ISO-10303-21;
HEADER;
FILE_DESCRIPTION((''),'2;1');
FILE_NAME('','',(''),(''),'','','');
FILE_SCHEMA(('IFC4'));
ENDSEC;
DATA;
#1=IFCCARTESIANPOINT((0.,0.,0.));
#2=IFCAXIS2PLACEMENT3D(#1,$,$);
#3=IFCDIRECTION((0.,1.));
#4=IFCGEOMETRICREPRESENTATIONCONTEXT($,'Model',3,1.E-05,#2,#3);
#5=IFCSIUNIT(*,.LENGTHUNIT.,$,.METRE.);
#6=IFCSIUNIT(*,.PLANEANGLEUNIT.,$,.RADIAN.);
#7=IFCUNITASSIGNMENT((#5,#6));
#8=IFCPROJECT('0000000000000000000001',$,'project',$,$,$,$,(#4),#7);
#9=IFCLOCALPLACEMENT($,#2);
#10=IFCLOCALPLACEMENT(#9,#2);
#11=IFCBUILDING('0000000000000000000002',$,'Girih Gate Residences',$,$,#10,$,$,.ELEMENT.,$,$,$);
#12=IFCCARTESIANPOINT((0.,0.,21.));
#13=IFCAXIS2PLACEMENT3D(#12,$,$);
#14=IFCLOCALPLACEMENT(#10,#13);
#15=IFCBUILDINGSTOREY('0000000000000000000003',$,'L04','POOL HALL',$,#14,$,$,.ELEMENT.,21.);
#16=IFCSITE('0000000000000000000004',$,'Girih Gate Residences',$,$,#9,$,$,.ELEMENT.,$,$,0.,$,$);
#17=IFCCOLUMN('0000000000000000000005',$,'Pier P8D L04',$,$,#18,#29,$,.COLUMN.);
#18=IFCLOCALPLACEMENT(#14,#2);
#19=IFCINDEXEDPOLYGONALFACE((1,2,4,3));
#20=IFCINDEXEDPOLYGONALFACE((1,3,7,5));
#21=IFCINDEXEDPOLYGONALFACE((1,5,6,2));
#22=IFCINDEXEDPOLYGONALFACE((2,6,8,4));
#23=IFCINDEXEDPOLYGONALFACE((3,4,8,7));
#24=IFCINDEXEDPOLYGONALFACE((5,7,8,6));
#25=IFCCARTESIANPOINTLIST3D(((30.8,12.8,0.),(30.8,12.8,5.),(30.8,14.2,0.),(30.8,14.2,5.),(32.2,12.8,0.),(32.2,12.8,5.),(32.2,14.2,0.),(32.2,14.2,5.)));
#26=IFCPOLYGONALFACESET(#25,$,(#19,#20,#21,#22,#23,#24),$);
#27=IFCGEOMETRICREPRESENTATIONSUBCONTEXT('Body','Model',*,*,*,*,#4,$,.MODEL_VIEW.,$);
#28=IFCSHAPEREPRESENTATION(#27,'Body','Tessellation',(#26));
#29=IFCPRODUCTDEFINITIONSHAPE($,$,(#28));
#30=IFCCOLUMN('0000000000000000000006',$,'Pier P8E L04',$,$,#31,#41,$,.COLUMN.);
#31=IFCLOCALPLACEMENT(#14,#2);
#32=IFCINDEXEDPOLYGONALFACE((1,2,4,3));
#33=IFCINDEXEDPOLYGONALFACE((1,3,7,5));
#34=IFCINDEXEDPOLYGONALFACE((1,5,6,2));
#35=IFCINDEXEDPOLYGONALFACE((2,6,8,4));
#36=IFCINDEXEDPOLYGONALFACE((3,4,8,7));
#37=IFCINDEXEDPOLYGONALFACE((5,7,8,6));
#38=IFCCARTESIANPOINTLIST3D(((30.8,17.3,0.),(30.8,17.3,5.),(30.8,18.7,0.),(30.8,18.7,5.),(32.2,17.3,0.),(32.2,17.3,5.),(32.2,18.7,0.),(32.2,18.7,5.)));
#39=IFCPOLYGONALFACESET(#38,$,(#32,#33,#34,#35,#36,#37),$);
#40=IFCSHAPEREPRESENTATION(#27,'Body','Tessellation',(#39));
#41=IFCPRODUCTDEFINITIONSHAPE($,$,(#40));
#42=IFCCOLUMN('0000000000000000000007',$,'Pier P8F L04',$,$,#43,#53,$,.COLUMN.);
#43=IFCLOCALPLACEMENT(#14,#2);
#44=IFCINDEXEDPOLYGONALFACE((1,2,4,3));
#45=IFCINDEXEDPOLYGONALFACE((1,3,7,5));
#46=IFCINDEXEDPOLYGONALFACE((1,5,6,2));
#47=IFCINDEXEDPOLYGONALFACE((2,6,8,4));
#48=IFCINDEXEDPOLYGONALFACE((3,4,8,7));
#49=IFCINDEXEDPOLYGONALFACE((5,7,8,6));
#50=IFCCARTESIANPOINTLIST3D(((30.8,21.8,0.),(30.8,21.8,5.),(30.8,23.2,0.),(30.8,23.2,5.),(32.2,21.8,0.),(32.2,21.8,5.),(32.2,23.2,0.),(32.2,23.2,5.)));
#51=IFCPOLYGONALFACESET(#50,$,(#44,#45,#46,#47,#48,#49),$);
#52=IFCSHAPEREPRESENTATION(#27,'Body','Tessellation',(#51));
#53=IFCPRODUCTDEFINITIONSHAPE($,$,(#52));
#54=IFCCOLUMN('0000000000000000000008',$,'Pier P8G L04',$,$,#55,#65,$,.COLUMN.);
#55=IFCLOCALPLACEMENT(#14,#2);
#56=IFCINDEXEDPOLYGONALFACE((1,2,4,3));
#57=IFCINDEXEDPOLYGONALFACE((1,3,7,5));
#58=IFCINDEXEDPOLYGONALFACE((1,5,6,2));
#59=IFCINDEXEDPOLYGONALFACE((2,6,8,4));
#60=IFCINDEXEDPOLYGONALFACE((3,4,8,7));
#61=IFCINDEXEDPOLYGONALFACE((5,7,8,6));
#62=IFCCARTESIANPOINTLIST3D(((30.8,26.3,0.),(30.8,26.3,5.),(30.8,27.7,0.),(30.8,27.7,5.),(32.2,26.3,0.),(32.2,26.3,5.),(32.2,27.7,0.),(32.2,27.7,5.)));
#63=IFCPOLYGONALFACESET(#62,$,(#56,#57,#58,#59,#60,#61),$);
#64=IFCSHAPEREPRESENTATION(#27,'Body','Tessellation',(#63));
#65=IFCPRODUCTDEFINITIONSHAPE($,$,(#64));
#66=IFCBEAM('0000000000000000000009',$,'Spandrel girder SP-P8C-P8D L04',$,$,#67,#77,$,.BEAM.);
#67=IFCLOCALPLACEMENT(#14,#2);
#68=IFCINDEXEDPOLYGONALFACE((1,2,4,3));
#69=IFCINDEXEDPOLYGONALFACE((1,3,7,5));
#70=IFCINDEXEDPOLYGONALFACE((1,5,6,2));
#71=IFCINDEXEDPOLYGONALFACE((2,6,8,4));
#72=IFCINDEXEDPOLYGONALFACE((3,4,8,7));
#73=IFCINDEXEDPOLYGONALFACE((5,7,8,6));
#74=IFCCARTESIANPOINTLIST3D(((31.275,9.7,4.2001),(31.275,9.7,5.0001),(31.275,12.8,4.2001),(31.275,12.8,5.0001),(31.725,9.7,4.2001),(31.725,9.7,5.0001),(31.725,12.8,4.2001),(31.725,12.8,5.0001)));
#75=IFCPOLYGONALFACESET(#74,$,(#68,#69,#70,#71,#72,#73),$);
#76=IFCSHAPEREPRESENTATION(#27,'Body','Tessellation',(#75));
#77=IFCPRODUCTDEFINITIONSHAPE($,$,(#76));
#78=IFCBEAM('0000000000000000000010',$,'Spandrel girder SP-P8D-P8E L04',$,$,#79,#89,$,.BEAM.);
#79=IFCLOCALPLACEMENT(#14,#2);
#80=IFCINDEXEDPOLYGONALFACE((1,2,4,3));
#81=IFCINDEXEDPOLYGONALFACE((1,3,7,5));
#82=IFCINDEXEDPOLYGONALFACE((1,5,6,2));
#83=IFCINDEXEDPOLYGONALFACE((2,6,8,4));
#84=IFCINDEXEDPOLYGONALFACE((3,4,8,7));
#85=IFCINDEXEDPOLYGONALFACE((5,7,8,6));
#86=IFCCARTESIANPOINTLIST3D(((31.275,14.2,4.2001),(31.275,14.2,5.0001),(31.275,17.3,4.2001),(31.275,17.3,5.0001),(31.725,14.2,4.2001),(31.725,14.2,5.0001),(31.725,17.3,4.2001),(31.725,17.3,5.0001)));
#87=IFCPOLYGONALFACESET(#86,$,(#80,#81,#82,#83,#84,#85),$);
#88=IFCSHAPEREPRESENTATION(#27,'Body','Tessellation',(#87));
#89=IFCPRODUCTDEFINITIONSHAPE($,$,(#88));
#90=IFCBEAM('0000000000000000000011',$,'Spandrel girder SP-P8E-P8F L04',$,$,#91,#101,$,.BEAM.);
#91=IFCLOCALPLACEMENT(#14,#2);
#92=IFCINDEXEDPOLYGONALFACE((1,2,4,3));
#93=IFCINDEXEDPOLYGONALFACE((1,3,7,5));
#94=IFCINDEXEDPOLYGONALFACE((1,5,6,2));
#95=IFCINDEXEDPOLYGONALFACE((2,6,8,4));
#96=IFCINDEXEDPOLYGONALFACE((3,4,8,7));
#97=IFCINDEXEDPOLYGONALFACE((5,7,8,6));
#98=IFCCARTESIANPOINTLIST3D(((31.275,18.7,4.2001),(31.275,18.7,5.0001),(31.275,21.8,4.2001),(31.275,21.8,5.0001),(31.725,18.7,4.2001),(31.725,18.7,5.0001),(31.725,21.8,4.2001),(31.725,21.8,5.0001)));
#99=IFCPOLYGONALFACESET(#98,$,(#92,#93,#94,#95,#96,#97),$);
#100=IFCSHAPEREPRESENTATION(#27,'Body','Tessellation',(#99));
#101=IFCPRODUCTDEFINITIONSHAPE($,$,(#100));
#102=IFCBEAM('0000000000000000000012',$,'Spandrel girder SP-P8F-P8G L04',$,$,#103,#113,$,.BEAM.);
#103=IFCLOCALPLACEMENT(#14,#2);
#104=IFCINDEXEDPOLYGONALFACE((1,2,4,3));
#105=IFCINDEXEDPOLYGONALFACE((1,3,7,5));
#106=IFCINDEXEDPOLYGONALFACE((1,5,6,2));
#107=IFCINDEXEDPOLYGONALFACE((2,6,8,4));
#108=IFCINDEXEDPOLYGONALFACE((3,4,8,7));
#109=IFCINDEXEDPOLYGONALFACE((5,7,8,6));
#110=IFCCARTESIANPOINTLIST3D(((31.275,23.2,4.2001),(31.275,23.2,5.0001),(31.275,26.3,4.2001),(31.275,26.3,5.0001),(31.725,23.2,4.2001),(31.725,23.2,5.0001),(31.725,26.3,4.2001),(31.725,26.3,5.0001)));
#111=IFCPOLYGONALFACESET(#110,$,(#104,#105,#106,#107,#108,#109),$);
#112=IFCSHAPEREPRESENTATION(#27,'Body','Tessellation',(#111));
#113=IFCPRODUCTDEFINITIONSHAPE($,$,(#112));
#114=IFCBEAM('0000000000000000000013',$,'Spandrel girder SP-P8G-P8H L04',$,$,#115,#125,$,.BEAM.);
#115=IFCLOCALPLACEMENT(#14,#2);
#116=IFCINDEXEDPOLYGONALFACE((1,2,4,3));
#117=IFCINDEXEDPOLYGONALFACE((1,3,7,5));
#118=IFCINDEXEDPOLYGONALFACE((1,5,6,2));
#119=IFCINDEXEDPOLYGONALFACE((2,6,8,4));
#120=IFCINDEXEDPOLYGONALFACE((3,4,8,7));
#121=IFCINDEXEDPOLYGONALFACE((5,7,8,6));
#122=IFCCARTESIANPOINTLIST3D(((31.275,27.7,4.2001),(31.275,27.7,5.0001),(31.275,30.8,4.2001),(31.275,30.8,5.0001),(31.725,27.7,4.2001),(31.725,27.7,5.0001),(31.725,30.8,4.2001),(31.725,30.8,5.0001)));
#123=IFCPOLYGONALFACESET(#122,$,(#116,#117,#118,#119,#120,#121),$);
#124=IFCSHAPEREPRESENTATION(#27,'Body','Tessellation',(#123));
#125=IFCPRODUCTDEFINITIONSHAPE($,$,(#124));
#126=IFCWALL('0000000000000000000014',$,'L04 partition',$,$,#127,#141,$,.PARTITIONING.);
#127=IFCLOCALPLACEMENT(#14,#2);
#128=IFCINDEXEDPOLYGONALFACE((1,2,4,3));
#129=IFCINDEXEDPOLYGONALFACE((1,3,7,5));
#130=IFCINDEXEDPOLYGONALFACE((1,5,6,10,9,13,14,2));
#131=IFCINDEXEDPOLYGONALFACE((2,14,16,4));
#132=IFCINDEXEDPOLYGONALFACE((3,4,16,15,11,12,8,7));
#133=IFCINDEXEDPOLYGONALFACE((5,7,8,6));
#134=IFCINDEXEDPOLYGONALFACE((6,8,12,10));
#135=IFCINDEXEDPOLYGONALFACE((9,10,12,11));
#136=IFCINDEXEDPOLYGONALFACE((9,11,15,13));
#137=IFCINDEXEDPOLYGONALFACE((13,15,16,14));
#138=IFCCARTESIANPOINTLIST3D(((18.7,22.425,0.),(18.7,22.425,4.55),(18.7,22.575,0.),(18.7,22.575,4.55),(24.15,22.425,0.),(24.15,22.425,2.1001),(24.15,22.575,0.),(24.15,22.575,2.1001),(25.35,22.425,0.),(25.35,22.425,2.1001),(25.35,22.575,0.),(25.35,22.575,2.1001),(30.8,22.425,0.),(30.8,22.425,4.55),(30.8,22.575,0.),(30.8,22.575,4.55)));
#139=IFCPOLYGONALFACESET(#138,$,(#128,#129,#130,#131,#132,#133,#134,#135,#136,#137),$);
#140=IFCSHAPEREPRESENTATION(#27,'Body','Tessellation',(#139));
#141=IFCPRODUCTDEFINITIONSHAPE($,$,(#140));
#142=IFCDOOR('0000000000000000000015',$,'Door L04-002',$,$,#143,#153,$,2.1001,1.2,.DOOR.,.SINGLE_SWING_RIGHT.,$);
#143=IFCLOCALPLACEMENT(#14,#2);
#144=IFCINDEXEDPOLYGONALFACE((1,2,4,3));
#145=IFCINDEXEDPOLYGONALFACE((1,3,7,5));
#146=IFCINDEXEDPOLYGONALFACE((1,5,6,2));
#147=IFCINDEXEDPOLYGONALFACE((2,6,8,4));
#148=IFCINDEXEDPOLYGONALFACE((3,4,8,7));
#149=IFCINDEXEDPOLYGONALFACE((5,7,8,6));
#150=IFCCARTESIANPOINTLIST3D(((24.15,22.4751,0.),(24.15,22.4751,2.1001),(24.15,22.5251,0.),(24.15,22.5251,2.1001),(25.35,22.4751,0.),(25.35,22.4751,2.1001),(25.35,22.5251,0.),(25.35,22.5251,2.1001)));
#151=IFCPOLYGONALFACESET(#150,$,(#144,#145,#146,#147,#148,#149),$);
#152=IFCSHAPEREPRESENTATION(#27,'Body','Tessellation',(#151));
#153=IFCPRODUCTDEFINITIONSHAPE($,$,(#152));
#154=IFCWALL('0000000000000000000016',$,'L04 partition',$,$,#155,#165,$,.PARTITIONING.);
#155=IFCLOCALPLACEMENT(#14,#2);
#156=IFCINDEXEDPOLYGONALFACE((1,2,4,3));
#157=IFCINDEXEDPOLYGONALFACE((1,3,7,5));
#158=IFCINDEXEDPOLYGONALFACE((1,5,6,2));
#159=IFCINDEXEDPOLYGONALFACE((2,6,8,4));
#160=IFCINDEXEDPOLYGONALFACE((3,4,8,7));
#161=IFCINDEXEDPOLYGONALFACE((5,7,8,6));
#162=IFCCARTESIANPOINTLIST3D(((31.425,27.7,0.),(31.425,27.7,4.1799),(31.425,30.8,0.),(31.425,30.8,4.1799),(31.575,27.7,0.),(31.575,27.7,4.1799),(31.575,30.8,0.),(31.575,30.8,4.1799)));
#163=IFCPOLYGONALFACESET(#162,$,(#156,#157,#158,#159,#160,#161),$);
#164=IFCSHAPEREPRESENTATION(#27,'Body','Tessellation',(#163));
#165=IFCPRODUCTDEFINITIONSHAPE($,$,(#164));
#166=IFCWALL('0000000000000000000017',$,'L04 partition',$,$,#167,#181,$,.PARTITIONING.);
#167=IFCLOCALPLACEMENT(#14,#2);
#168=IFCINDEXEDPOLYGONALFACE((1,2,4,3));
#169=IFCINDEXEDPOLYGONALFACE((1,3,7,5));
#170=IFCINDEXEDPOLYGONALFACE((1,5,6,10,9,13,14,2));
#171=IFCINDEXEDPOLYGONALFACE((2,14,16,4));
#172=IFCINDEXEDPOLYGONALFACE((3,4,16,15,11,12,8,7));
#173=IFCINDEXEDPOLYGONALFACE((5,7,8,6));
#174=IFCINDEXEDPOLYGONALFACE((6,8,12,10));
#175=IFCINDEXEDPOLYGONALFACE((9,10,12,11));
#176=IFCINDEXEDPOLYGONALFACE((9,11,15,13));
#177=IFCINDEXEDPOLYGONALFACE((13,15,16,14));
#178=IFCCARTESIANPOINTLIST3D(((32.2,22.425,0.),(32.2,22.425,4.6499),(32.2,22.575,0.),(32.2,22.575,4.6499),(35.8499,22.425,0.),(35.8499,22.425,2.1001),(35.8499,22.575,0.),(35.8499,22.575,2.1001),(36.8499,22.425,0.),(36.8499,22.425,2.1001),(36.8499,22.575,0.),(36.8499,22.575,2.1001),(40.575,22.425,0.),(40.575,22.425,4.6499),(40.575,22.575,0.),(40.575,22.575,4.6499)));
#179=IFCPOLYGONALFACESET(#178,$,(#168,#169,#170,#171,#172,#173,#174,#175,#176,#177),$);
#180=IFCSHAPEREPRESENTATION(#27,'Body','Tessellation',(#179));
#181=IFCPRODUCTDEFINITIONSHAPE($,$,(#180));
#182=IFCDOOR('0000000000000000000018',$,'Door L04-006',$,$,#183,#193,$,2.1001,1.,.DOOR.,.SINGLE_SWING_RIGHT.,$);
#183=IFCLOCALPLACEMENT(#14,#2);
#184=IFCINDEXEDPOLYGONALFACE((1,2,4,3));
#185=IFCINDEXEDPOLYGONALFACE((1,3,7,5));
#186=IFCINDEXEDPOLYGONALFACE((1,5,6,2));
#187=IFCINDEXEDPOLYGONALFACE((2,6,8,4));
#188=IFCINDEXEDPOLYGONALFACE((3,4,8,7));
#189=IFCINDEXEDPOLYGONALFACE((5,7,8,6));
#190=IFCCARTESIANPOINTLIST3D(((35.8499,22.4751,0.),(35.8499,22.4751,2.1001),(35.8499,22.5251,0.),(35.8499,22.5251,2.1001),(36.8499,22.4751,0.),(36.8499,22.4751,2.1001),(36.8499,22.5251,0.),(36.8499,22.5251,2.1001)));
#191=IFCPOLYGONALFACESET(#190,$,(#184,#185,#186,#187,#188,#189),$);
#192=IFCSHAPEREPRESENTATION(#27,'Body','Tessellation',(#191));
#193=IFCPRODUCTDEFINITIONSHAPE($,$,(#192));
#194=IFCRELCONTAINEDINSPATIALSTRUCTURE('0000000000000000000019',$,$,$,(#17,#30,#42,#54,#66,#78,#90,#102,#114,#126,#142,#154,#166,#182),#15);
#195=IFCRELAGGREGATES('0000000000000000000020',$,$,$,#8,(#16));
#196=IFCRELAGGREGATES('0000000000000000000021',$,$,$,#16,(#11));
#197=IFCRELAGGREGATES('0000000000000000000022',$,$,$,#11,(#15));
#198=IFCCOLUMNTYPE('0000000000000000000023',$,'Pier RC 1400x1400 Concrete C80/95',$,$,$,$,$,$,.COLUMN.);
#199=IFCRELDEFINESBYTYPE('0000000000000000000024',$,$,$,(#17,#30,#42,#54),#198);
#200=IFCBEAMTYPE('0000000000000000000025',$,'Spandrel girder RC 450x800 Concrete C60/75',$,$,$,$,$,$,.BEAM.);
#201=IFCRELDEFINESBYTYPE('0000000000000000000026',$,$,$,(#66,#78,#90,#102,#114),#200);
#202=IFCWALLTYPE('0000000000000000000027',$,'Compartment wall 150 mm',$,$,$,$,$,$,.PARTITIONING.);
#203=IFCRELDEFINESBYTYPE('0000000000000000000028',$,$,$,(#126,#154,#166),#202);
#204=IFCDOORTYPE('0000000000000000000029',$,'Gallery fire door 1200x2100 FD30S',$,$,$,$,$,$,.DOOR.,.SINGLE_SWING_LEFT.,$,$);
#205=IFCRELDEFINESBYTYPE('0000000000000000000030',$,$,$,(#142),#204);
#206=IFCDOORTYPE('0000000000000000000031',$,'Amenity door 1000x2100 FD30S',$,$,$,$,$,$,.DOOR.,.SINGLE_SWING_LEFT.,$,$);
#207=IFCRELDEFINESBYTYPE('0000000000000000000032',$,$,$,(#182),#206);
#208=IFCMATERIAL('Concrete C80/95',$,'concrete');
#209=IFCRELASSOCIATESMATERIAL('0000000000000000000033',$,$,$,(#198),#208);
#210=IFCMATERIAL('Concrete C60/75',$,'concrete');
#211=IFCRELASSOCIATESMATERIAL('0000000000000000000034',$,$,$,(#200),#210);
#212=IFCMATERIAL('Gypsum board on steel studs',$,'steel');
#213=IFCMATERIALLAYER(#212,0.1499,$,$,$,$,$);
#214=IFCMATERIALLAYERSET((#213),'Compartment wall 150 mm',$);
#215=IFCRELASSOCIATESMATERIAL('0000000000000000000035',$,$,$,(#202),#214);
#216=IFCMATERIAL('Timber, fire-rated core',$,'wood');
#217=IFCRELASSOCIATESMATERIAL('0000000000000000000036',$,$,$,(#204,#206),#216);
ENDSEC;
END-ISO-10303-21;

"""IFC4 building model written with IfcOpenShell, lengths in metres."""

from ifc_helpers import new_model, si_unit, direction, frame, frame_2d, origin, origin_2d, place, context, subcontext, project, spatial, rectangle, extrude, material, layer, layer_set, material_profile, profile_set, type_object, element, fill, save


model = new_model("IFC4")

# Units and contexts
model_context = context("Model", 3, precision=1e-05, world=origin(), true_north=direction((0.0, 1.0)))
body_context = subcontext(model_context, "Body", "Model", "MODEL_VIEW")
ifc_project = project(units=[si_unit("LENGTHUNIT", "METRE"), si_unit("PLANEANGLEUNIT", "RADIAN")], contexts=[model_context])

# Site, building, storey
site_placement = place(None, origin())
site = spatial("IfcSite", under=ifc_project, at=site_placement, Name="Girih Gate Residences", CompositionType="ELEMENT", RefElevation=0.0)
building_placement = place(site_placement, origin())
building = spatial("IfcBuilding", under=site, at=building_placement, Name="Girih Gate Residences", CompositionType="ELEMENT")
storey_placement = place(building_placement, frame((0.0, 0.0, 21.0)))
storey = spatial("IfcBuildingStorey", under=building, at=storey_placement, Name="L04", Description="POOL HALL", CompositionType="ELEMENT", Elevation=21.0)

# Columns
ifc_material_1 = material(Name="Concrete C80/95", Category="concrete")
ifc_material_profile_1 = material_profile(ifc_material_1, rectangle(XDim=1.3999, YDim=1.3999, at=origin_2d()))
ifc_profile_set_1 = profile_set([ifc_material_profile_1], Name="Concrete C80/95")
column_type = type_object("IfcColumnType", Name="Pier RC 1400x1400 Concrete C80/95", PredefinedType="COLUMN", material=ifc_profile_set_1)
for number, where, z_axis, x_axis, name in (
    (1, (31.5, 13.5, 0.0), (0.0, 0.0, 1.0), (1.0, 0.0, 0.0), "Pier P8D L04"),
    (2, (31.5, 18.0, 0.0), (0.0, 0.0, 1.0), (1.0, 0.0, 0.0), "Pier P8E L04"),
    (3, (31.5, 22.5, 0.0), (0.0, 0.0, 1.0), (1.0, 0.0, 0.0), "Pier P8F L04"),
    (4, (31.5, 27.0, 0.0), (0.0, 0.0, 1.0), (1.0, 0.0, 0.0), "Pier P8G L04"),
):
    element("IfcColumn", number, at=place(storey_placement, frame(where, z_axis=z_axis, x_axis=x_axis)), inside=storey, type_object=column_type, Name=name, PredefinedType="COLUMN", context=body_context, shape_type="SweptSolid", body=[
        extrude(rectangle(XDim=1.3999, YDim=1.3999, at=origin_2d()), origin(), (0.0, 0.0, 1.0), 5.0),
    ])

# Beams
ifc_material_2 = material(Name="Concrete C60/75", Category="concrete")
ifc_material_profile_2 = material_profile(ifc_material_2, rectangle(XDim=0.45, YDim=0.8, at=origin_2d()))
ifc_profile_set_2 = profile_set([ifc_material_profile_2], Name="Concrete C60/75")
beam_type = type_object("IfcBeamType", Name="Spandrel girder RC 450x800 Concrete C60/75", PredefinedType="BEAM", material=ifc_profile_set_2)
for number, where, z_axis, x_axis, name in (
    (5, (31.5, 9.7, 4.6001), (0.0, 1.0, 0.0), (-1.0, 0.0, 0.0), "Spandrel girder SP-P8C-P8D L04"),
    (6, (31.5, 14.2, 4.6001), (0.0, 1.0, 0.0), (-1.0, 0.0, 0.0), "Spandrel girder SP-P8D-P8E L04"),
    (7, (31.5, 18.7, 4.6001), (0.0, 1.0, 0.0), (-1.0, 0.0, 0.0), "Spandrel girder SP-P8E-P8F L04"),
    (8, (31.5, 23.2, 4.6001), (0.0, 1.0, 0.0), (-1.0, 0.0, 0.0), "Spandrel girder SP-P8F-P8G L04"),
    (9, (31.5, 27.7, 4.6001), (0.0, 1.0, 0.0), (-1.0, 0.0, 0.0), "Spandrel girder SP-P8G-P8H L04"),
):
    element("IfcBeam", number, at=place(storey_placement, frame(where, z_axis=z_axis, x_axis=x_axis)), inside=storey, type_object=beam_type, Name=name, PredefinedType="BEAM", context=body_context, shape_type="SweptSolid", body=[
        extrude(rectangle(XDim=0.45, YDim=0.8, at=origin_2d()), origin(), (0.0, 0.0, 1.0), 3.1001),
    ])

# Wall, opening, door
ifc_material_3 = material(Name="Gypsum board on steel studs", Category="steel")
ifc_layer_1 = layer(ifc_material_3, 0.1499)
ifc_layer_set_1 = layer_set([ifc_layer_1], Name="Compartment wall 150 mm")
wall_type_1 = type_object("IfcWallType", Name="Compartment wall 150 mm", PredefinedType="PARTITIONING", material=ifc_layer_set_1)
wall_1_placement = place(storey_placement, frame((30.8, 22.5, 0.0), z_axis=(0.0, 0.0, 1.0), x_axis=(-1.0, 0.0, 0.0)))
wall_1 = element("IfcWall", 10, at=wall_1_placement, inside=storey, type_object=wall_type_1, Name="L04 partition", PredefinedType="PARTITIONING", context=body_context, shape_type="SweptSolid", body=[
    extrude(rectangle(XDim=12.1001, YDim=0.1499, at=frame_2d((6.05, 0.0))), origin(), (0.0, 0.0, 1.0), 4.55),
])
opening_1_placement = place(wall_1_placement, frame((5.45, 0.0, 0.0)))
opening_1 = element("IfcOpeningElement", 11, at=opening_1_placement, cuts=wall_1, PredefinedType="OPENING", context=body_context, shape_type="SweptSolid", body=[
    extrude(rectangle(XDim=1.2, YDim=2.1001, at=frame_2d((0.6001, 1.05))), frame((0.0, 0.085, 0.0), z_axis=(0.0, -1.0, 0.0), x_axis=(1.0, 0.0, 0.0)), (0.0, 0.0, 1.0), 0.1699),
])
ifc_material_4 = material(Name="Timber, fire-rated core", Category="wood")
door_type_1 = type_object("IfcDoorType", Name="Gallery fire door 1200x2100 FD30S", OperationType="SINGLE_SWING_LEFT", PredefinedType="DOOR", material=ifc_material_4)
door_1_placement = place(opening_1_placement, origin())
door_1 = element("IfcDoor", 12, at=door_1_placement, inside=storey, type_object=door_type_1, Name="Door L04-002", OperationType="SINGLE_SWING_RIGHT", OverallHeight=2.1001, OverallWidth=1.2, PredefinedType="DOOR", context=body_context, shape_type="SweptSolid", body=[
    extrude(rectangle(XDim=1.2, YDim=2.1001, at=frame_2d((0.6001, 1.05))), frame((0.0, 0.0249, 0.0), z_axis=(0.0, -1.0, 0.0), x_axis=(1.0, 0.0, 0.0)), (0.0, 0.0, 1.0), 0.05),
])
fill(opening_1, door_1)

# Wall
wall_2_placement = place(storey_placement, frame((31.5, 27.7, 0.0), z_axis=(0.0, 0.0, 1.0), x_axis=(0.0, 1.0, 0.0)))
element("IfcWall", 13, at=wall_2_placement, inside=storey, type_object=wall_type_1, Name="L04 partition", PredefinedType="PARTITIONING", context=body_context, shape_type="SweptSolid", body=[
    extrude(rectangle(XDim=3.1001, YDim=0.1499, at=frame_2d((1.55, 0.0))), origin(), (0.0, 0.0, 1.0), 4.1799),
])

# Wall, opening, door
wall_3_placement = place(storey_placement, frame((40.575, 22.5, 0.0), z_axis=(0.0, 0.0, 1.0), x_axis=(-1.0, 0.0, 0.0)))
wall_3 = element("IfcWall", 14, at=wall_3_placement, inside=storey, type_object=wall_type_1, Name="L04 partition", PredefinedType="PARTITIONING", context=body_context, shape_type="SweptSolid", body=[
    extrude(rectangle(XDim=8.375, YDim=0.1499, at=frame_2d((4.1875, 0.0))), origin(), (0.0, 0.0, 1.0), 4.6499),
])
opening_2_placement = place(wall_3_placement, frame((3.7251, 0.0, 0.0)))
opening_2 = element("IfcOpeningElement", 15, at=opening_2_placement, cuts=wall_3, PredefinedType="OPENING", context=body_context, shape_type="SweptSolid", body=[
    extrude(rectangle(XDim=1.0, YDim=2.1001, at=frame_2d((0.5, 1.05))), frame((0.0, 0.085, 0.0), z_axis=(0.0, -1.0, 0.0), x_axis=(1.0, 0.0, 0.0)), (0.0, 0.0, 1.0), 0.1699),
])
door_type_2 = type_object("IfcDoorType", Name="Amenity door 1000x2100 FD30S", OperationType="SINGLE_SWING_LEFT", PredefinedType="DOOR", material=ifc_material_4)
door_2_placement = place(opening_2_placement, origin())
door_2 = element("IfcDoor", 16, at=door_2_placement, inside=storey, type_object=door_type_2, Name="Door L04-006", OperationType="SINGLE_SWING_RIGHT", OverallHeight=2.1001, OverallWidth=1.0, PredefinedType="DOOR", context=body_context, shape_type="SweptSolid", body=[
    extrude(rectangle(XDim=1.0, YDim=2.1001, at=frame_2d((0.5, 1.05))), frame((0.0, 0.0249, 0.0), z_axis=(0.0, -1.0, 0.0), x_axis=(1.0, 0.0, 0.0)), (0.0, 0.0, 1.0), 0.05),
])
fill(opening_2, door_2)

save(model, "model.ifc")
